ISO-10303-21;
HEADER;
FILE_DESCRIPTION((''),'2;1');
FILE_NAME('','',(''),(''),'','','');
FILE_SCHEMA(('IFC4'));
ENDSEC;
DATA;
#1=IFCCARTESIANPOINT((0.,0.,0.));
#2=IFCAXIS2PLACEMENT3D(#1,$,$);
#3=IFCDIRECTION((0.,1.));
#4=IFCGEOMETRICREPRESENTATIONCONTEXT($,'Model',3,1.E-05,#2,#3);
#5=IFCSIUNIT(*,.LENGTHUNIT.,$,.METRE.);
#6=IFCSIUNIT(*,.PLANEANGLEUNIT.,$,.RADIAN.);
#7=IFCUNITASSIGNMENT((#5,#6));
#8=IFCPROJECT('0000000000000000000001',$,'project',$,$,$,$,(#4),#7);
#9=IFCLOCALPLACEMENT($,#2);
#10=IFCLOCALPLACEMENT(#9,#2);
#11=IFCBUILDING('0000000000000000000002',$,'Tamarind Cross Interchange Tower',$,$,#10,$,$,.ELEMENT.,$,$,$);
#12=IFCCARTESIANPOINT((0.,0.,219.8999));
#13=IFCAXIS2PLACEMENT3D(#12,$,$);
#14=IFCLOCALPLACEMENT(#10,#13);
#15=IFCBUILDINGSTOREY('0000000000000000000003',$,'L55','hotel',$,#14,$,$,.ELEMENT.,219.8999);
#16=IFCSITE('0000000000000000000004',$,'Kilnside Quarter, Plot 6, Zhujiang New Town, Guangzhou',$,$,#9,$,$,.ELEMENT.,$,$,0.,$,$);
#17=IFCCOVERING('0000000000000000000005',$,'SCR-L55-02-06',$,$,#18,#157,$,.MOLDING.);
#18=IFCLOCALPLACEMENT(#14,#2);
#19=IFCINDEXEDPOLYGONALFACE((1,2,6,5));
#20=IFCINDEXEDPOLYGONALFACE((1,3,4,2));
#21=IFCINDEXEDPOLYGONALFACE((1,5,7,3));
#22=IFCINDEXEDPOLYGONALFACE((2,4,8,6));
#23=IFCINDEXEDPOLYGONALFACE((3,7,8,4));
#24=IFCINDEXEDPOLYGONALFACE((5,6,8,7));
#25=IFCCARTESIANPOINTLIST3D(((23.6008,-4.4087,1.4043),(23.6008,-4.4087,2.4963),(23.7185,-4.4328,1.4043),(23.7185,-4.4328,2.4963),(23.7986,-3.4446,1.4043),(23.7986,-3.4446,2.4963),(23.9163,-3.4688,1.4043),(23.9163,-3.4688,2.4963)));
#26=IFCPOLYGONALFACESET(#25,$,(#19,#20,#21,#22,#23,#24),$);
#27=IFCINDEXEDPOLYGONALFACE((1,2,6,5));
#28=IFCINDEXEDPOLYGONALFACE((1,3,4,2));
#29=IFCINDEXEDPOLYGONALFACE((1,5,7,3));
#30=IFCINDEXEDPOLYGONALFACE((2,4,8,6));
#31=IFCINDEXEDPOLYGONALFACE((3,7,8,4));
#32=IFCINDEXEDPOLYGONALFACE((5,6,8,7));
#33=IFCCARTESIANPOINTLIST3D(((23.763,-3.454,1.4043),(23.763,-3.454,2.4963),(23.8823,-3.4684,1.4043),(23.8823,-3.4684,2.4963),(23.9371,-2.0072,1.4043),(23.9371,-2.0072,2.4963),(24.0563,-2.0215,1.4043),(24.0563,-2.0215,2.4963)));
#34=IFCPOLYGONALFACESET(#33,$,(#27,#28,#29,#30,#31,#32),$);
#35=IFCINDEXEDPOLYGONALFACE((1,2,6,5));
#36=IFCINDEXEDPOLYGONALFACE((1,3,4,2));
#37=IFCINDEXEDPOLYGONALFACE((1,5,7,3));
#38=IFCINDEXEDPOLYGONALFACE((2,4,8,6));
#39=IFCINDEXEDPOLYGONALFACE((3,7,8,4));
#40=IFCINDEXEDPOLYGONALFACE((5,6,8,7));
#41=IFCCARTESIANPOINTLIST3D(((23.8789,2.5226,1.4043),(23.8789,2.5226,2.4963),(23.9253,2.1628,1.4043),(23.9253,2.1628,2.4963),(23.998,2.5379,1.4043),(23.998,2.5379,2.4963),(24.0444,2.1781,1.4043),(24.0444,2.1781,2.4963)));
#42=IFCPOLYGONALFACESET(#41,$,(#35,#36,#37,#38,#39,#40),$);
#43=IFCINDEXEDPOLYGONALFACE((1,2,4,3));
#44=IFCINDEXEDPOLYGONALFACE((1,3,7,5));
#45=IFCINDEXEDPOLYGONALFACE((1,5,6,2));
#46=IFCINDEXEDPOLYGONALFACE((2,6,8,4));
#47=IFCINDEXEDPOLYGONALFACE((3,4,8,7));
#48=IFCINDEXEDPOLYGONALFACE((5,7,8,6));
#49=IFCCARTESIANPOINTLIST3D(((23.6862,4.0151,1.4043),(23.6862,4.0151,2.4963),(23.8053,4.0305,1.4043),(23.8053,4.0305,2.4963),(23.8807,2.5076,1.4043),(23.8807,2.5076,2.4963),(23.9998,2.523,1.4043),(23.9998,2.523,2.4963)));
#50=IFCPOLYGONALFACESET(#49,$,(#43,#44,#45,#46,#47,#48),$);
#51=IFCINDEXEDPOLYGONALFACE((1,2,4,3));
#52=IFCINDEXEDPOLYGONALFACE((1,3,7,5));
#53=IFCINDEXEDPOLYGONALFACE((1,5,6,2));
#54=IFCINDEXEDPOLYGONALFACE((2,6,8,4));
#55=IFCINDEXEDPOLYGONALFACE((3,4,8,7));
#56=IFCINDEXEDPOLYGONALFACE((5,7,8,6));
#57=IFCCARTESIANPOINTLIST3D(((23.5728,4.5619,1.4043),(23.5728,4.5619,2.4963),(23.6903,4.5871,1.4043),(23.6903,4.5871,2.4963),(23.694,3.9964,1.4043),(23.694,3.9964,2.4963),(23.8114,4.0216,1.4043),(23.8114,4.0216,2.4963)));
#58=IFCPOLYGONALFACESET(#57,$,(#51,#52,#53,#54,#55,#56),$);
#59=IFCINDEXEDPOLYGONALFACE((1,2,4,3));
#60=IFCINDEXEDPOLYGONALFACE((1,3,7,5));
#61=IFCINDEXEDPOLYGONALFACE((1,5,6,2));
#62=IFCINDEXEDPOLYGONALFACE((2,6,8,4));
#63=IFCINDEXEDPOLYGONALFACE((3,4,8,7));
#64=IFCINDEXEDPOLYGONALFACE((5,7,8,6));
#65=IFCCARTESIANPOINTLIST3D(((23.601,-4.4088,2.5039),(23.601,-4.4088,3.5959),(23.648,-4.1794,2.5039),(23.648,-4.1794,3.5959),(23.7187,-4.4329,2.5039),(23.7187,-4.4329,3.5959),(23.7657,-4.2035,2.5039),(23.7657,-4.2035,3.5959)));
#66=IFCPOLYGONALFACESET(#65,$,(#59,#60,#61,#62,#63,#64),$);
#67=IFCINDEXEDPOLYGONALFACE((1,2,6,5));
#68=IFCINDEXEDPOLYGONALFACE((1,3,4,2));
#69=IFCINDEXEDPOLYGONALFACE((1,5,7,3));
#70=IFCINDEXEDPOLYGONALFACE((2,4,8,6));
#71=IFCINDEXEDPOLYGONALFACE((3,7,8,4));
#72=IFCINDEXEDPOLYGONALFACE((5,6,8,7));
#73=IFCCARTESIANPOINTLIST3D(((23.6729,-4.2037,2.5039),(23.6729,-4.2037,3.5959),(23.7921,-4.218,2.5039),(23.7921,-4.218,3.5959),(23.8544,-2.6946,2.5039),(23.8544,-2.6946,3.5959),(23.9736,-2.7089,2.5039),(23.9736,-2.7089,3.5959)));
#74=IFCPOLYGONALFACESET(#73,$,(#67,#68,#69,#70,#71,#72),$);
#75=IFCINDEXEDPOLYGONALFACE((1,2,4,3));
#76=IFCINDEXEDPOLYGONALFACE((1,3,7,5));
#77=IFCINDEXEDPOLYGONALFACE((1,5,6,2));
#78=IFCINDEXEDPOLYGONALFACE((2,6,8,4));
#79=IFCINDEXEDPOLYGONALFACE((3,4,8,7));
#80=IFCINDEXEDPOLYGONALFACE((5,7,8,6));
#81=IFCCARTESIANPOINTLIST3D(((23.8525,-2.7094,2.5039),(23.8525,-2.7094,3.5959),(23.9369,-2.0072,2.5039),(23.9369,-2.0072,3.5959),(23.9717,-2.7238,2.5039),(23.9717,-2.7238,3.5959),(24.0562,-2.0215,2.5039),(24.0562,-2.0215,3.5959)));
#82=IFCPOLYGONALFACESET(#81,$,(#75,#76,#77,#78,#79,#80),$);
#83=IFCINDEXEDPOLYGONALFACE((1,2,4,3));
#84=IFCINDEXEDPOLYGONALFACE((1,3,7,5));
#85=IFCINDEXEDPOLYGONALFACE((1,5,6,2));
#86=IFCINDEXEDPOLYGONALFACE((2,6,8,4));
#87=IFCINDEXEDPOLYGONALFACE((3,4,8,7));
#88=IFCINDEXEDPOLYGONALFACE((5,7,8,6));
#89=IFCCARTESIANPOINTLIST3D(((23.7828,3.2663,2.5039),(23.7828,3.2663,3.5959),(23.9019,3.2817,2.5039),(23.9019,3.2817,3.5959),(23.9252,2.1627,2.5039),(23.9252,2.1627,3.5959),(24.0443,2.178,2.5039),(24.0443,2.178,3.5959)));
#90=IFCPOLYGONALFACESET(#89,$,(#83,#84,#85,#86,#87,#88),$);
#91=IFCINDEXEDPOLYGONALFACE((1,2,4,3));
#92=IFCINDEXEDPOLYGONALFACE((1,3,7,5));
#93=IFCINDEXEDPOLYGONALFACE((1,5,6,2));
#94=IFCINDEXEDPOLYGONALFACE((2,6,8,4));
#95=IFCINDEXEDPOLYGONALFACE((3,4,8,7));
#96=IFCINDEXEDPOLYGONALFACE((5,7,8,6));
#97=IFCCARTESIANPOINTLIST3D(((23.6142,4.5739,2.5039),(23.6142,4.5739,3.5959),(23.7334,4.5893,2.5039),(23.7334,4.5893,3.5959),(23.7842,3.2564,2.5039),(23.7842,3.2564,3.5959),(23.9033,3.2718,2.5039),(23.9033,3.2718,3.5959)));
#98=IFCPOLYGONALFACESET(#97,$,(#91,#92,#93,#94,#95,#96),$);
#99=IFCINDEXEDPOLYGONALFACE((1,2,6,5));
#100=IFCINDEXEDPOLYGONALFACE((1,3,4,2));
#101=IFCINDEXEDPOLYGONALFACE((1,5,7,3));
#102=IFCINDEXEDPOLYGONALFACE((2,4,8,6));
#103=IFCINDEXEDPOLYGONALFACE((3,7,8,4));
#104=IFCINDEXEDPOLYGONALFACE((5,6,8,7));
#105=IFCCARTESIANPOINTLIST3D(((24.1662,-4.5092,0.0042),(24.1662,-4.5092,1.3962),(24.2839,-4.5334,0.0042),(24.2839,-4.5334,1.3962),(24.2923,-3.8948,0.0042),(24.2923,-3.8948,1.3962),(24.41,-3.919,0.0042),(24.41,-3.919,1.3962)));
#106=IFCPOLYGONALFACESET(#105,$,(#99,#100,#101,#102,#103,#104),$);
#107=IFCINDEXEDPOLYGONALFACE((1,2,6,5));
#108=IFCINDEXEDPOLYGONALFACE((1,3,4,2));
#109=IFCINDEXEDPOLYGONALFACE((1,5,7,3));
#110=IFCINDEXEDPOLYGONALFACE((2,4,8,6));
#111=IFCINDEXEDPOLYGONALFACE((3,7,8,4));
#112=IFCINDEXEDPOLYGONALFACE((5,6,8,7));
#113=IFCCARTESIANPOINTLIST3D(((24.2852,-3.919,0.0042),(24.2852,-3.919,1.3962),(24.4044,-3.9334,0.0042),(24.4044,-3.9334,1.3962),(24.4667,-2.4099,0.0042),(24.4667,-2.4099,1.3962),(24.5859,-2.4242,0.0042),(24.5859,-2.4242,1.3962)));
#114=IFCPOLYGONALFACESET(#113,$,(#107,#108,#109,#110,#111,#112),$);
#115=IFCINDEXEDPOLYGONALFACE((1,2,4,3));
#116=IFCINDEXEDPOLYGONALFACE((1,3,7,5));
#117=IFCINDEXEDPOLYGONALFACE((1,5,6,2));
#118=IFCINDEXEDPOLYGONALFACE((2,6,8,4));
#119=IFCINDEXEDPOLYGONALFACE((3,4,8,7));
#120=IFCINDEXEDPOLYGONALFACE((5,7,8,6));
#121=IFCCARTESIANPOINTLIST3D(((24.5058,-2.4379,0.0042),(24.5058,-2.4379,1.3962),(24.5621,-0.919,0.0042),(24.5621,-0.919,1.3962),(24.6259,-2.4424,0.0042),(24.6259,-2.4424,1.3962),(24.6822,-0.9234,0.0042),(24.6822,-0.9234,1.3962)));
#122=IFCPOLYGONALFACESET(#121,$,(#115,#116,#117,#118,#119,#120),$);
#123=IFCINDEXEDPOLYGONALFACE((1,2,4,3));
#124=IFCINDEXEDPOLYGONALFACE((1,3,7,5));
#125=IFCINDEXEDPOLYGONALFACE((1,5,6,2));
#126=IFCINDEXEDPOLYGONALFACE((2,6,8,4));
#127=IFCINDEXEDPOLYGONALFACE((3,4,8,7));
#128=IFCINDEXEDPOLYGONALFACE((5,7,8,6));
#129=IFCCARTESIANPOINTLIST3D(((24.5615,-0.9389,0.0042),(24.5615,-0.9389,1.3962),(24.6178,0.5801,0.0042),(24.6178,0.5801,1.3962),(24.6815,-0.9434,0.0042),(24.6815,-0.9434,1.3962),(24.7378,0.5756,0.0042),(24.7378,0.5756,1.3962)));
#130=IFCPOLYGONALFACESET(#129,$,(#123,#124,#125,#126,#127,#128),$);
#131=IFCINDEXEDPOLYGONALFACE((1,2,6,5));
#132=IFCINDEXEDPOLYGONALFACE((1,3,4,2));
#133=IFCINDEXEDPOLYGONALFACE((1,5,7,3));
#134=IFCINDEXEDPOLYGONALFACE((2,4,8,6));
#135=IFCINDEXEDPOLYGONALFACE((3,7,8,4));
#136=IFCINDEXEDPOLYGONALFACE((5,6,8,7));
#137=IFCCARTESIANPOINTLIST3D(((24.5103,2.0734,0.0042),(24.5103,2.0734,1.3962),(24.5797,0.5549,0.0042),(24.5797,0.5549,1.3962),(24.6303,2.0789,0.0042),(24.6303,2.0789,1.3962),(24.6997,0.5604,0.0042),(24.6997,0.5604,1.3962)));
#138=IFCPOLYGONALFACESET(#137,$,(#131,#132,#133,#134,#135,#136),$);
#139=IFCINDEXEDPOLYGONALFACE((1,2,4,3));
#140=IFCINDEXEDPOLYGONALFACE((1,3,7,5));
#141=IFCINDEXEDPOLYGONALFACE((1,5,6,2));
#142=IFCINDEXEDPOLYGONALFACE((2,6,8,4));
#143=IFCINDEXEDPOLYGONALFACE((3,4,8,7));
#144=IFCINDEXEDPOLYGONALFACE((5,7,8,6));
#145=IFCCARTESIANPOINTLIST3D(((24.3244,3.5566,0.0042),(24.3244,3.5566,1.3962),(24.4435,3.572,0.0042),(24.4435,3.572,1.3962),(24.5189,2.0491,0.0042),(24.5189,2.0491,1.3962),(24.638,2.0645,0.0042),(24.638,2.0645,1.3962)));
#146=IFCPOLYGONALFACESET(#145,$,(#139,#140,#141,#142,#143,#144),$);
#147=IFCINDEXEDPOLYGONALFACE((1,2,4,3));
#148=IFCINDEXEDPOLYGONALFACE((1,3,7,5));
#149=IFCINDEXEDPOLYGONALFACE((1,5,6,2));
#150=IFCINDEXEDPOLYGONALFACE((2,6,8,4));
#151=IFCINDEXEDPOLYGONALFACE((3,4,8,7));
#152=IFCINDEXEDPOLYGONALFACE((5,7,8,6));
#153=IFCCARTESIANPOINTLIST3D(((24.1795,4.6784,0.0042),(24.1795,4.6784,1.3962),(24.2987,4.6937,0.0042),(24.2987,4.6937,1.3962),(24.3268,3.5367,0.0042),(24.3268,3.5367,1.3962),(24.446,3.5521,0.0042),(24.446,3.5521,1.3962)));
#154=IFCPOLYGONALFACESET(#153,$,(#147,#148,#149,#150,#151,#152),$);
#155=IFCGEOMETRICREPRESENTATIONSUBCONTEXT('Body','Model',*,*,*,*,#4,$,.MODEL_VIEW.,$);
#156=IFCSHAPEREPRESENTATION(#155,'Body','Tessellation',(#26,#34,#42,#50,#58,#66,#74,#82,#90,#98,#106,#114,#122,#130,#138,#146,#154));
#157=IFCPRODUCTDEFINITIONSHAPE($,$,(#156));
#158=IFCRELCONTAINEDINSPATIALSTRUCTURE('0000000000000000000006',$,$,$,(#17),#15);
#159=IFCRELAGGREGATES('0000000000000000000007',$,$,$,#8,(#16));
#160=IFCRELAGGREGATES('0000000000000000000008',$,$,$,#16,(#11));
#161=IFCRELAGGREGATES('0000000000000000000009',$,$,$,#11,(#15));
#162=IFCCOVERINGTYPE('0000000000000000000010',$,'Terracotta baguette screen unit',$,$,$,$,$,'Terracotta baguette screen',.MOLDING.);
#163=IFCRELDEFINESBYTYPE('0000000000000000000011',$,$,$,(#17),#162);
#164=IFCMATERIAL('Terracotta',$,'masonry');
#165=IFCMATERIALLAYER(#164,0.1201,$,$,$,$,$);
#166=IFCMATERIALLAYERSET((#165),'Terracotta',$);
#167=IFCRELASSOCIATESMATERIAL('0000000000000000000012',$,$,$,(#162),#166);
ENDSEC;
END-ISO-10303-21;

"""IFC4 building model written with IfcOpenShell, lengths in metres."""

from ifc_helpers import new_model, si_unit, direction, frame, origin, origin_2d, place, context, subcontext, project, spatial, rectangle, extrude, material, layer, layer_set, type_object, element, save


model = new_model("IFC4")

# Units and contexts
model_context = context("Model", 3, precision=1e-05, world=origin(), true_north=direction((0.0, 1.0)))
body_context = subcontext(model_context, "Body", "Model", "MODEL_VIEW")
ifc_project = project(units=[si_unit("LENGTHUNIT", "METRE"), si_unit("PLANEANGLEUNIT", "RADIAN")], contexts=[model_context])

# Site, building, storey
site_placement = place(None, origin())
site = spatial("IfcSite", under=ifc_project, at=site_placement, Name="Kilnside Quarter, Plot 6, Zhujiang New Town, Guangzhou", CompositionType="ELEMENT", RefElevation=0.0)
building_placement = place(site_placement, origin())
building = spatial("IfcBuilding", under=site, at=building_placement, Name="Tamarind Cross Interchange Tower", CompositionType="ELEMENT")
storey_placement = place(building_placement, frame((0.0, 0.0, 219.8999)))
storey = spatial("IfcBuildingStorey", under=building, at=storey_placement, Name="L55", Description="hotel", CompositionType="ELEMENT", Elevation=219.8999)

# Covering
ifc_material_1 = material(Name="Terracotta", Category="masonry")
ifc_layer_1 = layer(ifc_material_1, 0.1201)
ifc_layer_set_1 = layer_set([ifc_layer_1], Name="Terracotta")
covering_type = type_object("IfcCoveringType", Name="Terracotta baguette screen unit", ElementType="Terracotta baguette screen", PredefinedType="MOLDING", material=ifc_layer_set_1)
covering_1_placement = place(storey_placement, origin())
element("IfcCovering", 1, at=covering_1_placement, inside=storey, type_object=covering_type, Name="SCR-L55-02-06", PredefinedType="MOLDING", context=body_context, shape_type="SweptSolid", body=[
    extrude(rectangle(XDim=0.9841, YDim=0.1201, at=origin_2d()), frame((23.7585, -3.9387, 1.4043), z_axis=(0.0, 0.0, 1.0), x_axis=(0.201001, 0.979591, 0.0)), (0.0, 0.0, 1.0), 1.092),
    extrude(rectangle(XDim=1.4573, YDim=0.1201, at=origin_2d()), frame((23.9097, -2.7378, 1.4043), z_axis=(0.0, 0.0, 1.0), x_axis=(0.119421, 0.992844, 0.0)), (0.0, 0.0, 1.0), 1.092),
    extrude(rectangle(XDim=0.3628, YDim=0.1201, at=origin_2d()), frame((23.9617, 2.3503, 1.4043), z_axis=(0.0, 0.0, 1.0), x_axis=(-0.127962, 0.991779, 0.0)), (0.0, 0.0, 1.0), 1.092),
    extrude(rectangle(XDim=1.52, YDim=0.1201, at=origin_2d()), frame((23.843, 3.269, 1.4043), z_axis=(0.0, 0.0, 1.0), x_axis=(-0.127962, 0.991779, 0.0)), (0.0, 0.0, 1.0), 1.092),
    extrude(rectangle(XDim=0.5784, YDim=0.1201, at=origin_2d()), frame((23.6921, 4.2917, 1.4043), z_axis=(0.0, 0.0, 1.0), x_axis=(-0.209425, 0.977825, 0.0)), (0.0, 0.0, 1.0), 1.092),
    extrude(rectangle(XDim=0.2341, YDim=0.1201, at=origin_2d()), frame((23.6833, -4.3062, 2.5039), z_axis=(0.0, 0.0, 1.0), x_axis=(0.201001, 0.979591, 0.0)), (0.0, 0.0, 1.0), 1.092),
    extrude(rectangle(XDim=1.52, YDim=0.1201, at=origin_2d()), frame((23.8232, -3.4563, 2.5039), z_axis=(0.0, 0.0, 1.0), x_axis=(0.119421, 0.992844, 0.0)), (0.0, 0.0, 1.0), 1.092),
    extrude(rectangle(XDim=0.7073, YDim=0.1201, at=origin_2d()), frame((23.9543, -2.3655, 2.5039), z_axis=(0.0, 0.0, 1.0), x_axis=(0.119421, 0.992844, 0.0)), (0.0, 0.0, 1.0), 1.092),
    extrude(rectangle(XDim=1.1128, YDim=0.1201, at=origin_2d()), frame((23.9136, 2.7222, 2.5039), z_axis=(0.0, 0.0, 1.0), x_axis=(-0.127962, 0.991779, 0.0)), (0.0, 0.0, 1.0), 1.092),
    extrude(rectangle(XDim=1.3284, YDim=0.1201, at=origin_2d()), frame((23.7588, 3.9229, 2.5039), z_axis=(0.0, 0.0, 1.0), x_axis=(-0.127962, 0.991779, 0.0)), (0.0, 0.0, 1.0), 1.092),
    extrude(rectangle(XDim=0.6272, YDim=0.1201, at=origin_2d()), frame((24.2881, -4.2141, 0.0042), z_axis=(0.0, 0.0, 1.0), x_axis=(0.201001, 0.979591, 0.0)), (0.0, 0.0, 1.0), 1.3921),
    extrude(rectangle(XDim=1.52, YDim=0.1201, at=origin_2d()), frame((24.4355, -3.1716, 0.0042), z_axis=(0.0, 0.0, 1.0), x_axis=(0.119421, 0.992844, 0.0)), (0.0, 0.0, 1.0), 1.3921),
    extrude(rectangle(XDim=1.52, YDim=0.1201, at=origin_2d()), frame((24.594, -1.6807, 0.0042), z_axis=(0.0, 0.0, 1.0), x_axis=(0.037025, 0.999314, 0.0)), (0.0, 0.0, 1.0), 1.3921),
    extrude(rectangle(XDim=1.52, YDim=0.1201, at=origin_2d()), frame((24.6497, -0.1816, 0.0042), z_axis=(0.0, 0.0, 1.0), x_axis=(0.037025, 0.999314, 0.0)), (0.0, 0.0, 1.0), 1.3921),
    extrude(rectangle(XDim=1.52, YDim=0.1201, at=origin_2d()), frame((24.605, 1.3169, 0.0042), z_axis=(0.0, 0.0, 1.0), x_axis=(-0.045624, 0.998959, 0.0)), (0.0, 0.0, 1.0), 1.3921),
    extrude(rectangle(XDim=1.52, YDim=0.1201, at=origin_2d()), frame((24.4812, 2.8105, 0.0042), z_axis=(0.0, 0.0, 1.0), x_axis=(-0.127962, 0.991779, 0.0)), (0.0, 0.0, 1.0), 1.3921),
    extrude(rectangle(XDim=1.1511, YDim=0.1201, at=origin_2d()), frame((24.3127, 4.1152, 0.0042), z_axis=(0.0, 0.0, 1.0), x_axis=(-0.127962, 0.991779, 0.0)), (0.0, 0.0, 1.0), 1.3921),
])

save(model, "model.ifc")
